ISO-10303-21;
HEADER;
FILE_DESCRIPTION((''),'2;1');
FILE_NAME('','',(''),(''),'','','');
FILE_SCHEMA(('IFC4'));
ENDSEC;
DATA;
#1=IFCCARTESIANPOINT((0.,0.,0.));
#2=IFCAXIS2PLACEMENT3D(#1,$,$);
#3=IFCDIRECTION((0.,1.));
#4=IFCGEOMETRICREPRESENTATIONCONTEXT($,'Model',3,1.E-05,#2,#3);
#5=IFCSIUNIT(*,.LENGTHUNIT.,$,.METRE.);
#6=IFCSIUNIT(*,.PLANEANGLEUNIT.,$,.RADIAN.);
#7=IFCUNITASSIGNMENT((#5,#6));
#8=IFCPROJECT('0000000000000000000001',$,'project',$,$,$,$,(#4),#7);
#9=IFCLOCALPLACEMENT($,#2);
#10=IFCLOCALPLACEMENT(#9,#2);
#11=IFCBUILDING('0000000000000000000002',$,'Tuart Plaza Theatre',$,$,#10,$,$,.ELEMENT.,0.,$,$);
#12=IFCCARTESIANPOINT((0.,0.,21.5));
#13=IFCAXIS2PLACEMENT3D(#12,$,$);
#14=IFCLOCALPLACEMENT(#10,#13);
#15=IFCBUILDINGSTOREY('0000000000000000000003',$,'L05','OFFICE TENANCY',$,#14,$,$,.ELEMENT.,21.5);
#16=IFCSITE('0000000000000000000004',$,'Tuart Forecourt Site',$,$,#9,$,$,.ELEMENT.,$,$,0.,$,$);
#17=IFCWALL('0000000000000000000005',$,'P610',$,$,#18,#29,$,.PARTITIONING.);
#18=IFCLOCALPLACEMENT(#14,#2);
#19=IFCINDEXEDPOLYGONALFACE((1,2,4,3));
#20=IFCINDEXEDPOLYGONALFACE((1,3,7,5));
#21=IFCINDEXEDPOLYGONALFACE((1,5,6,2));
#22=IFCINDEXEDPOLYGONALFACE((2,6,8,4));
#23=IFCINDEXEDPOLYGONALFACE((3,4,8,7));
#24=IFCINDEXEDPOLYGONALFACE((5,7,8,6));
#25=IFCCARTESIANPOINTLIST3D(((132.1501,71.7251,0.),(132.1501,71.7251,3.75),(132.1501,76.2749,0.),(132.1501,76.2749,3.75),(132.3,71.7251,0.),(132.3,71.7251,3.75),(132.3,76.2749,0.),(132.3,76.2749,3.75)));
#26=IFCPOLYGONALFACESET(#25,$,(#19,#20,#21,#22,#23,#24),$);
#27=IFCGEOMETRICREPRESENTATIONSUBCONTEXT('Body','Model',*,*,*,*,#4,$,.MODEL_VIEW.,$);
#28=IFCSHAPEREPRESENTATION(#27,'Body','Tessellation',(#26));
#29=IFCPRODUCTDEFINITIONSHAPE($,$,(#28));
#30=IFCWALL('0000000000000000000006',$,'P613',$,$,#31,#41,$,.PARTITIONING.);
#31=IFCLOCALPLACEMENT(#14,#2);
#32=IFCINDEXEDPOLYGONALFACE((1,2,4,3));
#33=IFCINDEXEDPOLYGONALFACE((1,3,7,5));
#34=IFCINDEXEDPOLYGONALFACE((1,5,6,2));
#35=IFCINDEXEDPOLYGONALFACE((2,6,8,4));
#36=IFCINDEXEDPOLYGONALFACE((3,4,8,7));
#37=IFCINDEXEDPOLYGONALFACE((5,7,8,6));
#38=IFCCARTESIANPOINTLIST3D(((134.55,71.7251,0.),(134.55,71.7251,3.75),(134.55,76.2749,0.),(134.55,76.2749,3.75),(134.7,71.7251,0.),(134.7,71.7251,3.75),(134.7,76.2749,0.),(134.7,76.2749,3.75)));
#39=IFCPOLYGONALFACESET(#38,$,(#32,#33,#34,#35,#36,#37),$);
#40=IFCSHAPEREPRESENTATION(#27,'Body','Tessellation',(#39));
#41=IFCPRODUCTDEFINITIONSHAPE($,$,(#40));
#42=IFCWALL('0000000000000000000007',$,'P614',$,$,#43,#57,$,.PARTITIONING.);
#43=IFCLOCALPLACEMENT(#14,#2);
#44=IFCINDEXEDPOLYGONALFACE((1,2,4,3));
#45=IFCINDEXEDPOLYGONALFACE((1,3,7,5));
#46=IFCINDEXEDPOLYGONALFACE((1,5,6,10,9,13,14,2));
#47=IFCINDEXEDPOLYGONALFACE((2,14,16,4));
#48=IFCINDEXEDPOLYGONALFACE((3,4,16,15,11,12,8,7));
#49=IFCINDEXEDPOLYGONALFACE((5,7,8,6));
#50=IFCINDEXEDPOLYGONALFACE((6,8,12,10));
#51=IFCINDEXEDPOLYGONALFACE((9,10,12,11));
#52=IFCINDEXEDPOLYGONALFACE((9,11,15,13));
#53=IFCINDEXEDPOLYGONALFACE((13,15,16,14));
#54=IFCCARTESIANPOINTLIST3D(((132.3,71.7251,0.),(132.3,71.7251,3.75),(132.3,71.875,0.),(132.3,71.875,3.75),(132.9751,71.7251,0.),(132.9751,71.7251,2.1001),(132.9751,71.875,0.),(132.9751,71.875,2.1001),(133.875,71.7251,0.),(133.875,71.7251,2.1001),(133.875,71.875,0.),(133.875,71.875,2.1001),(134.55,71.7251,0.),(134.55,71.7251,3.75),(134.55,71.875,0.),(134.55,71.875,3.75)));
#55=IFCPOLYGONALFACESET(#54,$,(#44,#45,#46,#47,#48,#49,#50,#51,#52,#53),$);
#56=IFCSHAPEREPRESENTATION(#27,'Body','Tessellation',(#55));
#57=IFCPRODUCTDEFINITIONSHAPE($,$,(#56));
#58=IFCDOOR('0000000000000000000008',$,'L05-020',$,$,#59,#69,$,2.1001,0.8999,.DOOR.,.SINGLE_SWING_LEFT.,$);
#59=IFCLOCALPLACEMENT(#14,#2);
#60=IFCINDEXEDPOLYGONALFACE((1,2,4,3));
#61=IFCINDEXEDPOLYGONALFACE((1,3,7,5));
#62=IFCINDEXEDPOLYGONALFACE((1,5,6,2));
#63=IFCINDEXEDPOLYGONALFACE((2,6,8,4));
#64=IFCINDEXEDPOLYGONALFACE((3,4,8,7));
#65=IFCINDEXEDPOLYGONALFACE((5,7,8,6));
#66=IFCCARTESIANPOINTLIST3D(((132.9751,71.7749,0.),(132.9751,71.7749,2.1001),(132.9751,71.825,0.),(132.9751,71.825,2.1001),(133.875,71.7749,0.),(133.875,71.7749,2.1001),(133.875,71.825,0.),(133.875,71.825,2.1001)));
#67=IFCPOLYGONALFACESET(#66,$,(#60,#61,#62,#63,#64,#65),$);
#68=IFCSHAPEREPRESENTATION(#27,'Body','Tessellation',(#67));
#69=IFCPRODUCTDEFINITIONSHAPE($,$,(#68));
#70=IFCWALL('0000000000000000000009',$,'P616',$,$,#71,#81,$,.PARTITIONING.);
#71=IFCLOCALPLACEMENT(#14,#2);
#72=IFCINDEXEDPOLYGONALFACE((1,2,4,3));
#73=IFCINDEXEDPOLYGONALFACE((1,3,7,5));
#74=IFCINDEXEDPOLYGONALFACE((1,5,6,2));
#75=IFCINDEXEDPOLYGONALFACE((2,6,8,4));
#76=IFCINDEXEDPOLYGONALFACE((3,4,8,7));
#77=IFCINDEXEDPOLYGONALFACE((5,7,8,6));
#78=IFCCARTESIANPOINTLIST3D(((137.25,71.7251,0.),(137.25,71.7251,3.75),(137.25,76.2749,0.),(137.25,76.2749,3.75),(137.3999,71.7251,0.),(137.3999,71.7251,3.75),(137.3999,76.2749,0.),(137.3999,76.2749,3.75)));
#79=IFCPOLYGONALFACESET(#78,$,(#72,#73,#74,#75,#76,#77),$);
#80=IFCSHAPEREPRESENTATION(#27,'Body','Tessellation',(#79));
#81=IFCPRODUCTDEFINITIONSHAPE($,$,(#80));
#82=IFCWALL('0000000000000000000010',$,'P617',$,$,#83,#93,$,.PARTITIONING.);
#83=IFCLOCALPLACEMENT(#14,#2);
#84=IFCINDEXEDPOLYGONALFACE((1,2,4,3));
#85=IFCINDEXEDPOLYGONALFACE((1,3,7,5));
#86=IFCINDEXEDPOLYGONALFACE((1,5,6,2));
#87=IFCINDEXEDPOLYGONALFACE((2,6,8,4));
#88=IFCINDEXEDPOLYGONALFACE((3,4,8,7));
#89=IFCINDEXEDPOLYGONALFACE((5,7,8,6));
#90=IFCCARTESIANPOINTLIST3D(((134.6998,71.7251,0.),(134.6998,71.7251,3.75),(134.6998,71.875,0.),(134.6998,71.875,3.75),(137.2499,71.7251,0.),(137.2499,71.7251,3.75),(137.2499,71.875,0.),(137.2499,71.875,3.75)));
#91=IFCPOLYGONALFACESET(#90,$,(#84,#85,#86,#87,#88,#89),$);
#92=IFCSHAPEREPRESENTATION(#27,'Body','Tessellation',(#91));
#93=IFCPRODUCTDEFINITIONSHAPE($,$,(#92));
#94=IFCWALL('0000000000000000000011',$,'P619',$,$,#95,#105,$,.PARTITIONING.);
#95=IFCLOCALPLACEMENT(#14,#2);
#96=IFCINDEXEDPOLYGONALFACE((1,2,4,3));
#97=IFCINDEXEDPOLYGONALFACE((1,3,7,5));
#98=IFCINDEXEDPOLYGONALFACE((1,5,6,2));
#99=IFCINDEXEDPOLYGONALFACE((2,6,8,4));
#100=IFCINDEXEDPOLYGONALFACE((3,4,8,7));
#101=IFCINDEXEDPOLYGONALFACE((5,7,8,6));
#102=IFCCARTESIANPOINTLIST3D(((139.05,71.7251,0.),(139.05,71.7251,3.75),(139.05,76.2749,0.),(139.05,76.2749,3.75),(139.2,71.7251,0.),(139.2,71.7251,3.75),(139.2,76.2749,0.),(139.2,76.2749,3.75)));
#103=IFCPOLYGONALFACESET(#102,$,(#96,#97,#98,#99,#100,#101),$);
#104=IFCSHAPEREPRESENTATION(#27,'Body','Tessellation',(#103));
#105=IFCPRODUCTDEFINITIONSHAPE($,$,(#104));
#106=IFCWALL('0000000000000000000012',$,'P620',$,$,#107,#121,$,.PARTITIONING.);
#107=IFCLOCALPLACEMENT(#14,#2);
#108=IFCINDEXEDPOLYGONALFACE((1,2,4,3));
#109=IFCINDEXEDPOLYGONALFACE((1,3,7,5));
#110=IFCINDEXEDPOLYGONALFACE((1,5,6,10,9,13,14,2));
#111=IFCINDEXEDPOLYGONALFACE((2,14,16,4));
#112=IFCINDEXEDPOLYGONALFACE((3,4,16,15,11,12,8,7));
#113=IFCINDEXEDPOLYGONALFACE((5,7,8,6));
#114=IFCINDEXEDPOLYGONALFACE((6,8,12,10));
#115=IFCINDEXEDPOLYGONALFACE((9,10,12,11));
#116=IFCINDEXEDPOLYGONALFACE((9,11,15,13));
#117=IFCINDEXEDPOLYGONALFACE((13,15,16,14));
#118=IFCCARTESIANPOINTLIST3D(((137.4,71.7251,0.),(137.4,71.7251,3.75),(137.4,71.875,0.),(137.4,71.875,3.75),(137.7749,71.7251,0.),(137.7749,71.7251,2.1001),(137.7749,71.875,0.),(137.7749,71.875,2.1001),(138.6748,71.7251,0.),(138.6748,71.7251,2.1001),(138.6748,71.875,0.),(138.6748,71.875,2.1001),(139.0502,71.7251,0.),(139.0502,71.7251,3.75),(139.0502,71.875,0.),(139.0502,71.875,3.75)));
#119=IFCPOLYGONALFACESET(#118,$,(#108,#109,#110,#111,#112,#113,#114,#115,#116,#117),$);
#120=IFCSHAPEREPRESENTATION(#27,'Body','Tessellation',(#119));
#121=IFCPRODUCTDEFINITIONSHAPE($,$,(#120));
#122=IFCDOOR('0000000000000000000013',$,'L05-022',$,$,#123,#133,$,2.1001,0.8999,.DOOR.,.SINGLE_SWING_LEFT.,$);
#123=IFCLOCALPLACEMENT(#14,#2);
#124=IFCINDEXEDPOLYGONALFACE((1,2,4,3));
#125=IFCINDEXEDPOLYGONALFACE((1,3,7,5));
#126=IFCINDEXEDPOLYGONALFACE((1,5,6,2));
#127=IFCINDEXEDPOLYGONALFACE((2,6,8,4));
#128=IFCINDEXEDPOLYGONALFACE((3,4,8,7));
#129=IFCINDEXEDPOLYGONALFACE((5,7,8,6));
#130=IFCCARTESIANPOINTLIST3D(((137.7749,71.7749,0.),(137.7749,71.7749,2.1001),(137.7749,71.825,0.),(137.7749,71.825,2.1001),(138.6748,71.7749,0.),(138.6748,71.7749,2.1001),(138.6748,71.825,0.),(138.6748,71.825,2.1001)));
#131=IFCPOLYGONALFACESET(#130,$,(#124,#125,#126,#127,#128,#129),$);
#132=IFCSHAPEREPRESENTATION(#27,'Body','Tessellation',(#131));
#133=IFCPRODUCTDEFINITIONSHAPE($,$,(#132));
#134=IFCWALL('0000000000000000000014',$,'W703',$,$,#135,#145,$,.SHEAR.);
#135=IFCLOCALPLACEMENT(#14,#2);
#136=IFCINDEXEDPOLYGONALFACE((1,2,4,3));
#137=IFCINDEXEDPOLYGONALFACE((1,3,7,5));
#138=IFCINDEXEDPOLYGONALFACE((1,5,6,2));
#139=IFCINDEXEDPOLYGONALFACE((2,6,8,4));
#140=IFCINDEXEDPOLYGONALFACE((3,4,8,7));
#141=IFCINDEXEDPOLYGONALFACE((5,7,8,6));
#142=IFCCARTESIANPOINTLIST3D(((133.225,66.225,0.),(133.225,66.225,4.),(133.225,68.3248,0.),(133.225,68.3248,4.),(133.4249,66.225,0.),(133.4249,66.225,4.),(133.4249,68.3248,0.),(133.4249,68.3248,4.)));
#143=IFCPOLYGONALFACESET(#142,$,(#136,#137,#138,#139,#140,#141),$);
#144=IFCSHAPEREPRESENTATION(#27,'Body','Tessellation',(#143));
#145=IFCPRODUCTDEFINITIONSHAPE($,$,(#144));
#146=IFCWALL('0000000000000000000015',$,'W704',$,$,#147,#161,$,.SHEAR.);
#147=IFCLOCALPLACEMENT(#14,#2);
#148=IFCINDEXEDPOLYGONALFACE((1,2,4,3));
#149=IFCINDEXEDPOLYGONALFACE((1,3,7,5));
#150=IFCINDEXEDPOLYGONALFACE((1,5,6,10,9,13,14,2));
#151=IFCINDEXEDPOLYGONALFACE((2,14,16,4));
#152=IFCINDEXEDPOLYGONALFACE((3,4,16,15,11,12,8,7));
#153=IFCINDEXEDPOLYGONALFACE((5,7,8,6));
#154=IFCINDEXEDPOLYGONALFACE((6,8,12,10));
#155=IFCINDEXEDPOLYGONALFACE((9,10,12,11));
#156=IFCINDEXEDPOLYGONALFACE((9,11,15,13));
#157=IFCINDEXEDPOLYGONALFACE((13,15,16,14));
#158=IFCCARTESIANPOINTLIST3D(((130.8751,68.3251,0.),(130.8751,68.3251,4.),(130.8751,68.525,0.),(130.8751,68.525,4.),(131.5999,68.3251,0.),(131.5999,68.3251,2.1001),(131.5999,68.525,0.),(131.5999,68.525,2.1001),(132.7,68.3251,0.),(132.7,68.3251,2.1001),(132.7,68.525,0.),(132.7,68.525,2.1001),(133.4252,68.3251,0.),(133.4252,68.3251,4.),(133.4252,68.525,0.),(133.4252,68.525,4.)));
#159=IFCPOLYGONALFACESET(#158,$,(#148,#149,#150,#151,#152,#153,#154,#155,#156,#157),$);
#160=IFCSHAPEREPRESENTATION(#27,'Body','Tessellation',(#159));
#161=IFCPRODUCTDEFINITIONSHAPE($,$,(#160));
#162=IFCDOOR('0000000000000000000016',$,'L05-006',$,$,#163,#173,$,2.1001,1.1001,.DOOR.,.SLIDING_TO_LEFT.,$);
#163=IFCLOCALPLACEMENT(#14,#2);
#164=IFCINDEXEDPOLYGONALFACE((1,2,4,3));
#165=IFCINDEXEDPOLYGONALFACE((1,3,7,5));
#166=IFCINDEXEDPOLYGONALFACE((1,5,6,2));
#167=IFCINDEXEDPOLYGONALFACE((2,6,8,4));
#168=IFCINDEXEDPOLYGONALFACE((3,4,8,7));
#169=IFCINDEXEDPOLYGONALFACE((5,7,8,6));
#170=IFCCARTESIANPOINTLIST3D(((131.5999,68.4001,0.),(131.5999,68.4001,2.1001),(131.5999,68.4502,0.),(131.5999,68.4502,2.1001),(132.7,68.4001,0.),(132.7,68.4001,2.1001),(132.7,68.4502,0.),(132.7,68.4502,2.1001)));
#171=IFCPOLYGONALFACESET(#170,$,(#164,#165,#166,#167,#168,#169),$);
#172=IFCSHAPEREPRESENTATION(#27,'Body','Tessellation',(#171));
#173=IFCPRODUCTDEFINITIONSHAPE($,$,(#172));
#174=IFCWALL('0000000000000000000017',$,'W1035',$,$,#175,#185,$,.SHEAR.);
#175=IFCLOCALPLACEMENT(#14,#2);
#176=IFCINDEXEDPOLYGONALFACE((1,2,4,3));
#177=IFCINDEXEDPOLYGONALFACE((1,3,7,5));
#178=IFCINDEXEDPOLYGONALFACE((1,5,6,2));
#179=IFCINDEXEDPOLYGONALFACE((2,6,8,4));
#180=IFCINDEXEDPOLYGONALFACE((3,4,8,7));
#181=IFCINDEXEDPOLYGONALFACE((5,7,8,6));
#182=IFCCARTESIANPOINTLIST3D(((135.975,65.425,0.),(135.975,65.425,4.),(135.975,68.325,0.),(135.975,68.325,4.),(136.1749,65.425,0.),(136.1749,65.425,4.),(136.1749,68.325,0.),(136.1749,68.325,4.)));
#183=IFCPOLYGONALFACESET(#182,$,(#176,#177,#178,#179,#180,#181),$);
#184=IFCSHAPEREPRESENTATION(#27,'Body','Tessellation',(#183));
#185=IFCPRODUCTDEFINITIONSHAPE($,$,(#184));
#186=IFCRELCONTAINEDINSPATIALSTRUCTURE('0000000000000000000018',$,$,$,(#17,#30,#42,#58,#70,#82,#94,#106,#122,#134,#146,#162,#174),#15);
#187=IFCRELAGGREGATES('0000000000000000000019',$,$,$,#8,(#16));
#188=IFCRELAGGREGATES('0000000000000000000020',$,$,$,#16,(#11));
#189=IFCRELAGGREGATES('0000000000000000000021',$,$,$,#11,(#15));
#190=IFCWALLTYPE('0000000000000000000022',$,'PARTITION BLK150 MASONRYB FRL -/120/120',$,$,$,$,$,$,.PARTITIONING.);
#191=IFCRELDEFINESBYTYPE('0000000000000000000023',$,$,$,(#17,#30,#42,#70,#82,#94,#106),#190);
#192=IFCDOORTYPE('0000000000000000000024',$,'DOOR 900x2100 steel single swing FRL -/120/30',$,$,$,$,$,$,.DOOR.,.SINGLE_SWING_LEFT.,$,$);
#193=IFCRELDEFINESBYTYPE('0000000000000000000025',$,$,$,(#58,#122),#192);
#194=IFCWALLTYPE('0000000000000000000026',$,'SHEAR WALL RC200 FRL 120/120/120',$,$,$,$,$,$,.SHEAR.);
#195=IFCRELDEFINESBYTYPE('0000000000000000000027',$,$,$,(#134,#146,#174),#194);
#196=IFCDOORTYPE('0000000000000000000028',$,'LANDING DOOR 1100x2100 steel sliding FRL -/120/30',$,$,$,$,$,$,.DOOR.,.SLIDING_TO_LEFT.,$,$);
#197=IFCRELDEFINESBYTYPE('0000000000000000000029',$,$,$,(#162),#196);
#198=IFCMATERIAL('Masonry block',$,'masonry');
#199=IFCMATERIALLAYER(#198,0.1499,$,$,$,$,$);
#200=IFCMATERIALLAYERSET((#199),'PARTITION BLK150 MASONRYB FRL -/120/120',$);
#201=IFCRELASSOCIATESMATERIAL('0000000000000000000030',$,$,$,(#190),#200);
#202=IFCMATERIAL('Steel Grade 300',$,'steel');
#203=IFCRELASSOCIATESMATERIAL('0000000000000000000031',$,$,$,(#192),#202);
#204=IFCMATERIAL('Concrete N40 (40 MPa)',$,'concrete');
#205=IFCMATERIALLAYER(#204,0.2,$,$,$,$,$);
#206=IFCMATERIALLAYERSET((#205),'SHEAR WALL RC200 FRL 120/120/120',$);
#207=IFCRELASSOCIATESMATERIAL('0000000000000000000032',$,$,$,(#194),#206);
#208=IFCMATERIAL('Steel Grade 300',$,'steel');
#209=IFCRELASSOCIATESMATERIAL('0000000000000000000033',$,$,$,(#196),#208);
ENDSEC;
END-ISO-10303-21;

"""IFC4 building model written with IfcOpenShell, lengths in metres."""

from ifc_helpers import new_model, si_unit, direction, frame, frame_2d, origin, place, context, subcontext, project, spatial, rectangle, extrude, material, layer, layer_set, type_object, element, fill, save


model = new_model("IFC4")

# Units and contexts
model_context = context("Model", 3, precision=1e-05, world=origin(), true_north=direction((0.0, 1.0)))
body_context = subcontext(model_context, "Body", "Model", "MODEL_VIEW")
ifc_project = project(units=[si_unit("LENGTHUNIT", "METRE"), si_unit("PLANEANGLEUNIT", "RADIAN")], contexts=[model_context])

# Site, building, storey
site_placement = place(None, origin())
site = spatial("IfcSite", under=ifc_project, at=site_placement, Name="Tuart Forecourt Site", CompositionType="ELEMENT", RefElevation=0.0)
building_placement = place(site_placement, origin())
building = spatial("IfcBuilding", under=site, at=building_placement, Name="Tuart Plaza Theatre", CompositionType="ELEMENT", ElevationOfRefHeight=0.0)
storey_placement = place(building_placement, frame((0.0, 0.0, 21.5)))
storey = spatial("IfcBuildingStorey", under=building, at=storey_placement, Name="L05", Description="OFFICE TENANCY", CompositionType="ELEMENT", Elevation=21.5)

# Walls
ifc_material_1 = material(Name="Masonry block", Category="masonry")
ifc_layer_1 = layer(ifc_material_1, 0.1499)
ifc_layer_set_1 = layer_set([ifc_layer_1], Name="PARTITION BLK150 MASONRYB FRL -/120/120")
wall_type_1 = type_object("IfcWallType", Name="PARTITION BLK150 MASONRYB FRL -/120/120", PredefinedType="PARTITIONING", material=ifc_layer_set_1)
for number, where, z_axis, x_axis, name in (
    (1, (132.2251, 71.7251, 0.0), (0.0, 0.0, 1.0), (0.0, 1.0, 0.0), "P610"),
    (2, (134.625, 71.7251, 0.0), (0.0, 0.0, 1.0), (0.0, 1.0, 0.0), "P613"),
):
    element("IfcWall", number, at=place(storey_placement, frame(where, z_axis=z_axis, x_axis=x_axis)), inside=storey, type_object=wall_type_1, Name=name, PredefinedType="PARTITIONING", context=body_context, shape_type="SweptSolid", body=[
        extrude(rectangle(XDim=4.5498, YDim=0.1499, at=frame_2d((2.2749, 0.0))), origin(), (0.0, 0.0, 1.0), 3.75),
    ])

# Wall, opening, door
wall_1_placement = place(storey_placement, frame((132.3, 71.8, 0.0), z_axis=(0.0, 0.0, 1.0), x_axis=(1.0, 0.0, 0.0)))
wall_1 = element("IfcWall", 3, at=wall_1_placement, inside=storey, type_object=wall_type_1, Name="P614", PredefinedType="PARTITIONING", context=body_context, shape_type="SweptSolid", body=[
    extrude(rectangle(XDim=2.25, YDim=0.1499, at=frame_2d((1.125, 0.0))), origin(), (0.0, 0.0, 1.0), 3.75),
])
opening_1_placement = place(wall_1_placement, frame((0.675, 0.0, 0.0)))
opening_1 = element("IfcOpeningElement", 4, at=opening_1_placement, cuts=wall_1, PredefinedType="OPENING", context=body_context, shape_type="SweptSolid", body=[
    extrude(rectangle(XDim=0.8999, YDim=2.1001, at=frame_2d((0.45, 1.05))), frame((0.0, 0.085, 0.0), z_axis=(0.0, -1.0, 0.0), x_axis=(1.0, 0.0, 0.0)), (0.0, 0.0, 1.0), 0.1699),
])
ifc_material_2 = material(Name="Steel Grade 300", Category="steel")
door_type_1 = type_object("IfcDoorType", Name="DOOR 900x2100 steel single swing FRL -/120/30", OperationType="SINGLE_SWING_LEFT", PredefinedType="DOOR", material=ifc_material_2)
door_1_placement = place(opening_1_placement, origin())
door_1 = element("IfcDoor", 5, at=door_1_placement, inside=storey, type_object=door_type_1, Name="L05-020", OperationType="SINGLE_SWING_LEFT", OverallHeight=2.1001, OverallWidth=0.8999, PredefinedType="DOOR", context=body_context, shape_type="SweptSolid", body=[
    extrude(rectangle(XDim=0.8999, YDim=2.1001, at=frame_2d((0.45, 1.05))), frame((0.0, 0.0249, 0.0), z_axis=(0.0, -1.0, 0.0), x_axis=(1.0, 0.0, 0.0)), (0.0, 0.0, 1.0), 0.05),
])
fill(opening_1, door_1)

# Walls
wall_2_placement = place(storey_placement, frame((137.325, 71.7251, 0.0), z_axis=(0.0, 0.0, 1.0), x_axis=(0.0, 1.0, 0.0)))
element("IfcWall", 6, at=wall_2_placement, inside=storey, type_object=wall_type_1, Name="P616", PredefinedType="PARTITIONING", context=body_context, shape_type="SweptSolid", body=[
    extrude(rectangle(XDim=4.5498, YDim=0.1499, at=frame_2d((2.2749, 0.0))), origin(), (0.0, 0.0, 1.0), 3.75),
])
wall_3_placement = place(storey_placement, frame((134.7, 71.8, 0.0), z_axis=(0.0, 0.0, 1.0), x_axis=(1.0, 0.0, 0.0)))
element("IfcWall", 7, at=wall_3_placement, inside=storey, type_object=wall_type_1, Name="P617", PredefinedType="PARTITIONING", context=body_context, shape_type="SweptSolid", body=[
    extrude(rectangle(XDim=2.55, YDim=0.1499, at=frame_2d((1.2749, 0.0))), origin(), (0.0, 0.0, 1.0), 3.75),
])
wall_4_placement = place(storey_placement, frame((139.125, 71.7251, 0.0), z_axis=(0.0, 0.0, 1.0), x_axis=(0.0, 1.0, 0.0)))
element("IfcWall", 8, at=wall_4_placement, inside=storey, type_object=wall_type_1, Name="P619", PredefinedType="PARTITIONING", context=body_context, shape_type="SweptSolid", body=[
    extrude(rectangle(XDim=4.5498, YDim=0.1499, at=frame_2d((2.2749, 0.0))), origin(), (0.0, 0.0, 1.0), 3.75),
])

# Wall, opening, door
wall_5_placement = place(storey_placement, frame((137.3999, 71.8, 0.0), z_axis=(0.0, 0.0, 1.0), x_axis=(1.0, 0.0, 0.0)))
wall_5 = element("IfcWall", 9, at=wall_5_placement, inside=storey, type_object=wall_type_1, Name="P620", PredefinedType="PARTITIONING", context=body_context, shape_type="SweptSolid", body=[
    extrude(rectangle(XDim=1.6501, YDim=0.1499, at=frame_2d((0.8252, 0.0))), origin(), (0.0, 0.0, 1.0), 3.75),
])
opening_2_placement = place(wall_5_placement, frame((0.375, 0.0, 0.0)))
opening_2 = element("IfcOpeningElement", 10, at=opening_2_placement, cuts=wall_5, PredefinedType="OPENING", context=body_context, shape_type="SweptSolid", body=[
    extrude(rectangle(XDim=0.8999, YDim=2.1001, at=frame_2d((0.45, 1.05))), frame((0.0, 0.085, 0.0), z_axis=(0.0, -1.0, 0.0), x_axis=(1.0, 0.0, 0.0)), (0.0, 0.0, 1.0), 0.1699),
])
door_2_placement = place(opening_2_placement, origin())
door_2 = element("IfcDoor", 11, at=door_2_placement, inside=storey, type_object=door_type_1, Name="L05-022", OperationType="SINGLE_SWING_LEFT", OverallHeight=2.1001, OverallWidth=0.8999, PredefinedType="DOOR", context=body_context, shape_type="SweptSolid", body=[
    extrude(rectangle(XDim=0.8999, YDim=2.1001, at=frame_2d((0.45, 1.05))), frame((0.0, 0.0249, 0.0), z_axis=(0.0, -1.0, 0.0), x_axis=(1.0, 0.0, 0.0)), (0.0, 0.0, 1.0), 0.05),
])
fill(opening_2, door_2)

# Wall
ifc_material_3 = material(Name="Concrete N40 (40 MPa)", Category="concrete")
ifc_layer_2 = layer(ifc_material_3, 0.2)
ifc_layer_set_2 = layer_set([ifc_layer_2], Name="SHEAR WALL RC200 FRL 120/120/120")
wall_type_2 = type_object("IfcWallType", Name="SHEAR WALL RC200 FRL 120/120/120", PredefinedType="SHEAR", material=ifc_layer_set_2)
wall_6_placement = place(storey_placement, frame((133.325, 66.2251, 0.0), z_axis=(0.0, 0.0, 1.0), x_axis=(0.0, 1.0, 0.0)))
element("IfcWall", 12, at=wall_6_placement, inside=storey, type_object=wall_type_2, Name="W703", PredefinedType="SHEAR", context=body_context, shape_type="SweptSolid", body=[
    extrude(rectangle(XDim=2.0999, YDim=0.2, at=frame_2d((1.0498, 0.0))), origin(), (0.0, 0.0, 1.0), 4.0),
])

# Wall, opening, door
wall_7_placement = place(storey_placement, frame((133.425, 68.425, 0.0), z_axis=(0.0, 0.0, 1.0), x_axis=(-1.0, 0.0, 0.0)))
wall_7 = element("IfcWall", 13, at=wall_7_placement, inside=storey, type_object=wall_type_2, Name="W704", PredefinedType="SHEAR", context=body_context, shape_type="SweptSolid", body=[
    extrude(rectangle(XDim=2.55, YDim=0.2, at=frame_2d((1.2749, 0.0))), origin(), (0.0, 0.0, 1.0), 4.0),
])
opening_3_placement = place(wall_7_placement, frame((0.7251, 0.0, 0.0)))
opening_3 = element("IfcOpeningElement", 14, at=opening_3_placement, cuts=wall_7, PredefinedType="OPENING", context=body_context, shape_type="SweptSolid", body=[
    extrude(rectangle(XDim=1.1001, YDim=2.1001, at=frame_2d((0.55, 1.05))), frame((0.0, 0.1099, 0.0), z_axis=(0.0, -1.0, 0.0), x_axis=(1.0, 0.0, 0.0)), (0.0, 0.0, 1.0), 0.22),
])
ifc_material_4 = material(Name="Steel Grade 300", Category="steel")
door_type_2 = type_object("IfcDoorType", Name="LANDING DOOR 1100x2100 steel sliding FRL -/120/30", OperationType="SLIDING_TO_LEFT", PredefinedType="DOOR", material=ifc_material_4)
door_3_placement = place(opening_3_placement, origin())
door_3 = element("IfcDoor", 15, at=door_3_placement, inside=storey, type_object=door_type_2, Name="L05-006", OperationType="SLIDING_TO_LEFT", OverallHeight=2.1001, OverallWidth=1.1001, PredefinedType="DOOR", context=body_context, shape_type="SweptSolid", body=[
    extrude(rectangle(XDim=1.1001, YDim=2.1001, at=frame_2d((0.55, 1.05))), frame((0.0, 0.0249, 0.0), z_axis=(0.0, -1.0, 0.0), x_axis=(1.0, 0.0, 0.0)), (0.0, 0.0, 1.0), 0.05),
])
fill(opening_3, door_3)

# Wall
wall_8_placement = place(storey_placement, frame((136.075, 65.425, 0.0), z_axis=(0.0, 0.0, 1.0), x_axis=(0.0, 1.0, 0.0)))
element("IfcWall", 16, at=wall_8_placement, inside=storey, type_object=wall_type_2, Name="W1035", PredefinedType="SHEAR", context=body_context, shape_type="SweptSolid", body=[
    extrude(rectangle(XDim=2.8999, YDim=0.2, at=frame_2d((1.45, 0.0))), origin(), (0.0, 0.0, 1.0), 4.0),
])

save(model, "model.ifc")
